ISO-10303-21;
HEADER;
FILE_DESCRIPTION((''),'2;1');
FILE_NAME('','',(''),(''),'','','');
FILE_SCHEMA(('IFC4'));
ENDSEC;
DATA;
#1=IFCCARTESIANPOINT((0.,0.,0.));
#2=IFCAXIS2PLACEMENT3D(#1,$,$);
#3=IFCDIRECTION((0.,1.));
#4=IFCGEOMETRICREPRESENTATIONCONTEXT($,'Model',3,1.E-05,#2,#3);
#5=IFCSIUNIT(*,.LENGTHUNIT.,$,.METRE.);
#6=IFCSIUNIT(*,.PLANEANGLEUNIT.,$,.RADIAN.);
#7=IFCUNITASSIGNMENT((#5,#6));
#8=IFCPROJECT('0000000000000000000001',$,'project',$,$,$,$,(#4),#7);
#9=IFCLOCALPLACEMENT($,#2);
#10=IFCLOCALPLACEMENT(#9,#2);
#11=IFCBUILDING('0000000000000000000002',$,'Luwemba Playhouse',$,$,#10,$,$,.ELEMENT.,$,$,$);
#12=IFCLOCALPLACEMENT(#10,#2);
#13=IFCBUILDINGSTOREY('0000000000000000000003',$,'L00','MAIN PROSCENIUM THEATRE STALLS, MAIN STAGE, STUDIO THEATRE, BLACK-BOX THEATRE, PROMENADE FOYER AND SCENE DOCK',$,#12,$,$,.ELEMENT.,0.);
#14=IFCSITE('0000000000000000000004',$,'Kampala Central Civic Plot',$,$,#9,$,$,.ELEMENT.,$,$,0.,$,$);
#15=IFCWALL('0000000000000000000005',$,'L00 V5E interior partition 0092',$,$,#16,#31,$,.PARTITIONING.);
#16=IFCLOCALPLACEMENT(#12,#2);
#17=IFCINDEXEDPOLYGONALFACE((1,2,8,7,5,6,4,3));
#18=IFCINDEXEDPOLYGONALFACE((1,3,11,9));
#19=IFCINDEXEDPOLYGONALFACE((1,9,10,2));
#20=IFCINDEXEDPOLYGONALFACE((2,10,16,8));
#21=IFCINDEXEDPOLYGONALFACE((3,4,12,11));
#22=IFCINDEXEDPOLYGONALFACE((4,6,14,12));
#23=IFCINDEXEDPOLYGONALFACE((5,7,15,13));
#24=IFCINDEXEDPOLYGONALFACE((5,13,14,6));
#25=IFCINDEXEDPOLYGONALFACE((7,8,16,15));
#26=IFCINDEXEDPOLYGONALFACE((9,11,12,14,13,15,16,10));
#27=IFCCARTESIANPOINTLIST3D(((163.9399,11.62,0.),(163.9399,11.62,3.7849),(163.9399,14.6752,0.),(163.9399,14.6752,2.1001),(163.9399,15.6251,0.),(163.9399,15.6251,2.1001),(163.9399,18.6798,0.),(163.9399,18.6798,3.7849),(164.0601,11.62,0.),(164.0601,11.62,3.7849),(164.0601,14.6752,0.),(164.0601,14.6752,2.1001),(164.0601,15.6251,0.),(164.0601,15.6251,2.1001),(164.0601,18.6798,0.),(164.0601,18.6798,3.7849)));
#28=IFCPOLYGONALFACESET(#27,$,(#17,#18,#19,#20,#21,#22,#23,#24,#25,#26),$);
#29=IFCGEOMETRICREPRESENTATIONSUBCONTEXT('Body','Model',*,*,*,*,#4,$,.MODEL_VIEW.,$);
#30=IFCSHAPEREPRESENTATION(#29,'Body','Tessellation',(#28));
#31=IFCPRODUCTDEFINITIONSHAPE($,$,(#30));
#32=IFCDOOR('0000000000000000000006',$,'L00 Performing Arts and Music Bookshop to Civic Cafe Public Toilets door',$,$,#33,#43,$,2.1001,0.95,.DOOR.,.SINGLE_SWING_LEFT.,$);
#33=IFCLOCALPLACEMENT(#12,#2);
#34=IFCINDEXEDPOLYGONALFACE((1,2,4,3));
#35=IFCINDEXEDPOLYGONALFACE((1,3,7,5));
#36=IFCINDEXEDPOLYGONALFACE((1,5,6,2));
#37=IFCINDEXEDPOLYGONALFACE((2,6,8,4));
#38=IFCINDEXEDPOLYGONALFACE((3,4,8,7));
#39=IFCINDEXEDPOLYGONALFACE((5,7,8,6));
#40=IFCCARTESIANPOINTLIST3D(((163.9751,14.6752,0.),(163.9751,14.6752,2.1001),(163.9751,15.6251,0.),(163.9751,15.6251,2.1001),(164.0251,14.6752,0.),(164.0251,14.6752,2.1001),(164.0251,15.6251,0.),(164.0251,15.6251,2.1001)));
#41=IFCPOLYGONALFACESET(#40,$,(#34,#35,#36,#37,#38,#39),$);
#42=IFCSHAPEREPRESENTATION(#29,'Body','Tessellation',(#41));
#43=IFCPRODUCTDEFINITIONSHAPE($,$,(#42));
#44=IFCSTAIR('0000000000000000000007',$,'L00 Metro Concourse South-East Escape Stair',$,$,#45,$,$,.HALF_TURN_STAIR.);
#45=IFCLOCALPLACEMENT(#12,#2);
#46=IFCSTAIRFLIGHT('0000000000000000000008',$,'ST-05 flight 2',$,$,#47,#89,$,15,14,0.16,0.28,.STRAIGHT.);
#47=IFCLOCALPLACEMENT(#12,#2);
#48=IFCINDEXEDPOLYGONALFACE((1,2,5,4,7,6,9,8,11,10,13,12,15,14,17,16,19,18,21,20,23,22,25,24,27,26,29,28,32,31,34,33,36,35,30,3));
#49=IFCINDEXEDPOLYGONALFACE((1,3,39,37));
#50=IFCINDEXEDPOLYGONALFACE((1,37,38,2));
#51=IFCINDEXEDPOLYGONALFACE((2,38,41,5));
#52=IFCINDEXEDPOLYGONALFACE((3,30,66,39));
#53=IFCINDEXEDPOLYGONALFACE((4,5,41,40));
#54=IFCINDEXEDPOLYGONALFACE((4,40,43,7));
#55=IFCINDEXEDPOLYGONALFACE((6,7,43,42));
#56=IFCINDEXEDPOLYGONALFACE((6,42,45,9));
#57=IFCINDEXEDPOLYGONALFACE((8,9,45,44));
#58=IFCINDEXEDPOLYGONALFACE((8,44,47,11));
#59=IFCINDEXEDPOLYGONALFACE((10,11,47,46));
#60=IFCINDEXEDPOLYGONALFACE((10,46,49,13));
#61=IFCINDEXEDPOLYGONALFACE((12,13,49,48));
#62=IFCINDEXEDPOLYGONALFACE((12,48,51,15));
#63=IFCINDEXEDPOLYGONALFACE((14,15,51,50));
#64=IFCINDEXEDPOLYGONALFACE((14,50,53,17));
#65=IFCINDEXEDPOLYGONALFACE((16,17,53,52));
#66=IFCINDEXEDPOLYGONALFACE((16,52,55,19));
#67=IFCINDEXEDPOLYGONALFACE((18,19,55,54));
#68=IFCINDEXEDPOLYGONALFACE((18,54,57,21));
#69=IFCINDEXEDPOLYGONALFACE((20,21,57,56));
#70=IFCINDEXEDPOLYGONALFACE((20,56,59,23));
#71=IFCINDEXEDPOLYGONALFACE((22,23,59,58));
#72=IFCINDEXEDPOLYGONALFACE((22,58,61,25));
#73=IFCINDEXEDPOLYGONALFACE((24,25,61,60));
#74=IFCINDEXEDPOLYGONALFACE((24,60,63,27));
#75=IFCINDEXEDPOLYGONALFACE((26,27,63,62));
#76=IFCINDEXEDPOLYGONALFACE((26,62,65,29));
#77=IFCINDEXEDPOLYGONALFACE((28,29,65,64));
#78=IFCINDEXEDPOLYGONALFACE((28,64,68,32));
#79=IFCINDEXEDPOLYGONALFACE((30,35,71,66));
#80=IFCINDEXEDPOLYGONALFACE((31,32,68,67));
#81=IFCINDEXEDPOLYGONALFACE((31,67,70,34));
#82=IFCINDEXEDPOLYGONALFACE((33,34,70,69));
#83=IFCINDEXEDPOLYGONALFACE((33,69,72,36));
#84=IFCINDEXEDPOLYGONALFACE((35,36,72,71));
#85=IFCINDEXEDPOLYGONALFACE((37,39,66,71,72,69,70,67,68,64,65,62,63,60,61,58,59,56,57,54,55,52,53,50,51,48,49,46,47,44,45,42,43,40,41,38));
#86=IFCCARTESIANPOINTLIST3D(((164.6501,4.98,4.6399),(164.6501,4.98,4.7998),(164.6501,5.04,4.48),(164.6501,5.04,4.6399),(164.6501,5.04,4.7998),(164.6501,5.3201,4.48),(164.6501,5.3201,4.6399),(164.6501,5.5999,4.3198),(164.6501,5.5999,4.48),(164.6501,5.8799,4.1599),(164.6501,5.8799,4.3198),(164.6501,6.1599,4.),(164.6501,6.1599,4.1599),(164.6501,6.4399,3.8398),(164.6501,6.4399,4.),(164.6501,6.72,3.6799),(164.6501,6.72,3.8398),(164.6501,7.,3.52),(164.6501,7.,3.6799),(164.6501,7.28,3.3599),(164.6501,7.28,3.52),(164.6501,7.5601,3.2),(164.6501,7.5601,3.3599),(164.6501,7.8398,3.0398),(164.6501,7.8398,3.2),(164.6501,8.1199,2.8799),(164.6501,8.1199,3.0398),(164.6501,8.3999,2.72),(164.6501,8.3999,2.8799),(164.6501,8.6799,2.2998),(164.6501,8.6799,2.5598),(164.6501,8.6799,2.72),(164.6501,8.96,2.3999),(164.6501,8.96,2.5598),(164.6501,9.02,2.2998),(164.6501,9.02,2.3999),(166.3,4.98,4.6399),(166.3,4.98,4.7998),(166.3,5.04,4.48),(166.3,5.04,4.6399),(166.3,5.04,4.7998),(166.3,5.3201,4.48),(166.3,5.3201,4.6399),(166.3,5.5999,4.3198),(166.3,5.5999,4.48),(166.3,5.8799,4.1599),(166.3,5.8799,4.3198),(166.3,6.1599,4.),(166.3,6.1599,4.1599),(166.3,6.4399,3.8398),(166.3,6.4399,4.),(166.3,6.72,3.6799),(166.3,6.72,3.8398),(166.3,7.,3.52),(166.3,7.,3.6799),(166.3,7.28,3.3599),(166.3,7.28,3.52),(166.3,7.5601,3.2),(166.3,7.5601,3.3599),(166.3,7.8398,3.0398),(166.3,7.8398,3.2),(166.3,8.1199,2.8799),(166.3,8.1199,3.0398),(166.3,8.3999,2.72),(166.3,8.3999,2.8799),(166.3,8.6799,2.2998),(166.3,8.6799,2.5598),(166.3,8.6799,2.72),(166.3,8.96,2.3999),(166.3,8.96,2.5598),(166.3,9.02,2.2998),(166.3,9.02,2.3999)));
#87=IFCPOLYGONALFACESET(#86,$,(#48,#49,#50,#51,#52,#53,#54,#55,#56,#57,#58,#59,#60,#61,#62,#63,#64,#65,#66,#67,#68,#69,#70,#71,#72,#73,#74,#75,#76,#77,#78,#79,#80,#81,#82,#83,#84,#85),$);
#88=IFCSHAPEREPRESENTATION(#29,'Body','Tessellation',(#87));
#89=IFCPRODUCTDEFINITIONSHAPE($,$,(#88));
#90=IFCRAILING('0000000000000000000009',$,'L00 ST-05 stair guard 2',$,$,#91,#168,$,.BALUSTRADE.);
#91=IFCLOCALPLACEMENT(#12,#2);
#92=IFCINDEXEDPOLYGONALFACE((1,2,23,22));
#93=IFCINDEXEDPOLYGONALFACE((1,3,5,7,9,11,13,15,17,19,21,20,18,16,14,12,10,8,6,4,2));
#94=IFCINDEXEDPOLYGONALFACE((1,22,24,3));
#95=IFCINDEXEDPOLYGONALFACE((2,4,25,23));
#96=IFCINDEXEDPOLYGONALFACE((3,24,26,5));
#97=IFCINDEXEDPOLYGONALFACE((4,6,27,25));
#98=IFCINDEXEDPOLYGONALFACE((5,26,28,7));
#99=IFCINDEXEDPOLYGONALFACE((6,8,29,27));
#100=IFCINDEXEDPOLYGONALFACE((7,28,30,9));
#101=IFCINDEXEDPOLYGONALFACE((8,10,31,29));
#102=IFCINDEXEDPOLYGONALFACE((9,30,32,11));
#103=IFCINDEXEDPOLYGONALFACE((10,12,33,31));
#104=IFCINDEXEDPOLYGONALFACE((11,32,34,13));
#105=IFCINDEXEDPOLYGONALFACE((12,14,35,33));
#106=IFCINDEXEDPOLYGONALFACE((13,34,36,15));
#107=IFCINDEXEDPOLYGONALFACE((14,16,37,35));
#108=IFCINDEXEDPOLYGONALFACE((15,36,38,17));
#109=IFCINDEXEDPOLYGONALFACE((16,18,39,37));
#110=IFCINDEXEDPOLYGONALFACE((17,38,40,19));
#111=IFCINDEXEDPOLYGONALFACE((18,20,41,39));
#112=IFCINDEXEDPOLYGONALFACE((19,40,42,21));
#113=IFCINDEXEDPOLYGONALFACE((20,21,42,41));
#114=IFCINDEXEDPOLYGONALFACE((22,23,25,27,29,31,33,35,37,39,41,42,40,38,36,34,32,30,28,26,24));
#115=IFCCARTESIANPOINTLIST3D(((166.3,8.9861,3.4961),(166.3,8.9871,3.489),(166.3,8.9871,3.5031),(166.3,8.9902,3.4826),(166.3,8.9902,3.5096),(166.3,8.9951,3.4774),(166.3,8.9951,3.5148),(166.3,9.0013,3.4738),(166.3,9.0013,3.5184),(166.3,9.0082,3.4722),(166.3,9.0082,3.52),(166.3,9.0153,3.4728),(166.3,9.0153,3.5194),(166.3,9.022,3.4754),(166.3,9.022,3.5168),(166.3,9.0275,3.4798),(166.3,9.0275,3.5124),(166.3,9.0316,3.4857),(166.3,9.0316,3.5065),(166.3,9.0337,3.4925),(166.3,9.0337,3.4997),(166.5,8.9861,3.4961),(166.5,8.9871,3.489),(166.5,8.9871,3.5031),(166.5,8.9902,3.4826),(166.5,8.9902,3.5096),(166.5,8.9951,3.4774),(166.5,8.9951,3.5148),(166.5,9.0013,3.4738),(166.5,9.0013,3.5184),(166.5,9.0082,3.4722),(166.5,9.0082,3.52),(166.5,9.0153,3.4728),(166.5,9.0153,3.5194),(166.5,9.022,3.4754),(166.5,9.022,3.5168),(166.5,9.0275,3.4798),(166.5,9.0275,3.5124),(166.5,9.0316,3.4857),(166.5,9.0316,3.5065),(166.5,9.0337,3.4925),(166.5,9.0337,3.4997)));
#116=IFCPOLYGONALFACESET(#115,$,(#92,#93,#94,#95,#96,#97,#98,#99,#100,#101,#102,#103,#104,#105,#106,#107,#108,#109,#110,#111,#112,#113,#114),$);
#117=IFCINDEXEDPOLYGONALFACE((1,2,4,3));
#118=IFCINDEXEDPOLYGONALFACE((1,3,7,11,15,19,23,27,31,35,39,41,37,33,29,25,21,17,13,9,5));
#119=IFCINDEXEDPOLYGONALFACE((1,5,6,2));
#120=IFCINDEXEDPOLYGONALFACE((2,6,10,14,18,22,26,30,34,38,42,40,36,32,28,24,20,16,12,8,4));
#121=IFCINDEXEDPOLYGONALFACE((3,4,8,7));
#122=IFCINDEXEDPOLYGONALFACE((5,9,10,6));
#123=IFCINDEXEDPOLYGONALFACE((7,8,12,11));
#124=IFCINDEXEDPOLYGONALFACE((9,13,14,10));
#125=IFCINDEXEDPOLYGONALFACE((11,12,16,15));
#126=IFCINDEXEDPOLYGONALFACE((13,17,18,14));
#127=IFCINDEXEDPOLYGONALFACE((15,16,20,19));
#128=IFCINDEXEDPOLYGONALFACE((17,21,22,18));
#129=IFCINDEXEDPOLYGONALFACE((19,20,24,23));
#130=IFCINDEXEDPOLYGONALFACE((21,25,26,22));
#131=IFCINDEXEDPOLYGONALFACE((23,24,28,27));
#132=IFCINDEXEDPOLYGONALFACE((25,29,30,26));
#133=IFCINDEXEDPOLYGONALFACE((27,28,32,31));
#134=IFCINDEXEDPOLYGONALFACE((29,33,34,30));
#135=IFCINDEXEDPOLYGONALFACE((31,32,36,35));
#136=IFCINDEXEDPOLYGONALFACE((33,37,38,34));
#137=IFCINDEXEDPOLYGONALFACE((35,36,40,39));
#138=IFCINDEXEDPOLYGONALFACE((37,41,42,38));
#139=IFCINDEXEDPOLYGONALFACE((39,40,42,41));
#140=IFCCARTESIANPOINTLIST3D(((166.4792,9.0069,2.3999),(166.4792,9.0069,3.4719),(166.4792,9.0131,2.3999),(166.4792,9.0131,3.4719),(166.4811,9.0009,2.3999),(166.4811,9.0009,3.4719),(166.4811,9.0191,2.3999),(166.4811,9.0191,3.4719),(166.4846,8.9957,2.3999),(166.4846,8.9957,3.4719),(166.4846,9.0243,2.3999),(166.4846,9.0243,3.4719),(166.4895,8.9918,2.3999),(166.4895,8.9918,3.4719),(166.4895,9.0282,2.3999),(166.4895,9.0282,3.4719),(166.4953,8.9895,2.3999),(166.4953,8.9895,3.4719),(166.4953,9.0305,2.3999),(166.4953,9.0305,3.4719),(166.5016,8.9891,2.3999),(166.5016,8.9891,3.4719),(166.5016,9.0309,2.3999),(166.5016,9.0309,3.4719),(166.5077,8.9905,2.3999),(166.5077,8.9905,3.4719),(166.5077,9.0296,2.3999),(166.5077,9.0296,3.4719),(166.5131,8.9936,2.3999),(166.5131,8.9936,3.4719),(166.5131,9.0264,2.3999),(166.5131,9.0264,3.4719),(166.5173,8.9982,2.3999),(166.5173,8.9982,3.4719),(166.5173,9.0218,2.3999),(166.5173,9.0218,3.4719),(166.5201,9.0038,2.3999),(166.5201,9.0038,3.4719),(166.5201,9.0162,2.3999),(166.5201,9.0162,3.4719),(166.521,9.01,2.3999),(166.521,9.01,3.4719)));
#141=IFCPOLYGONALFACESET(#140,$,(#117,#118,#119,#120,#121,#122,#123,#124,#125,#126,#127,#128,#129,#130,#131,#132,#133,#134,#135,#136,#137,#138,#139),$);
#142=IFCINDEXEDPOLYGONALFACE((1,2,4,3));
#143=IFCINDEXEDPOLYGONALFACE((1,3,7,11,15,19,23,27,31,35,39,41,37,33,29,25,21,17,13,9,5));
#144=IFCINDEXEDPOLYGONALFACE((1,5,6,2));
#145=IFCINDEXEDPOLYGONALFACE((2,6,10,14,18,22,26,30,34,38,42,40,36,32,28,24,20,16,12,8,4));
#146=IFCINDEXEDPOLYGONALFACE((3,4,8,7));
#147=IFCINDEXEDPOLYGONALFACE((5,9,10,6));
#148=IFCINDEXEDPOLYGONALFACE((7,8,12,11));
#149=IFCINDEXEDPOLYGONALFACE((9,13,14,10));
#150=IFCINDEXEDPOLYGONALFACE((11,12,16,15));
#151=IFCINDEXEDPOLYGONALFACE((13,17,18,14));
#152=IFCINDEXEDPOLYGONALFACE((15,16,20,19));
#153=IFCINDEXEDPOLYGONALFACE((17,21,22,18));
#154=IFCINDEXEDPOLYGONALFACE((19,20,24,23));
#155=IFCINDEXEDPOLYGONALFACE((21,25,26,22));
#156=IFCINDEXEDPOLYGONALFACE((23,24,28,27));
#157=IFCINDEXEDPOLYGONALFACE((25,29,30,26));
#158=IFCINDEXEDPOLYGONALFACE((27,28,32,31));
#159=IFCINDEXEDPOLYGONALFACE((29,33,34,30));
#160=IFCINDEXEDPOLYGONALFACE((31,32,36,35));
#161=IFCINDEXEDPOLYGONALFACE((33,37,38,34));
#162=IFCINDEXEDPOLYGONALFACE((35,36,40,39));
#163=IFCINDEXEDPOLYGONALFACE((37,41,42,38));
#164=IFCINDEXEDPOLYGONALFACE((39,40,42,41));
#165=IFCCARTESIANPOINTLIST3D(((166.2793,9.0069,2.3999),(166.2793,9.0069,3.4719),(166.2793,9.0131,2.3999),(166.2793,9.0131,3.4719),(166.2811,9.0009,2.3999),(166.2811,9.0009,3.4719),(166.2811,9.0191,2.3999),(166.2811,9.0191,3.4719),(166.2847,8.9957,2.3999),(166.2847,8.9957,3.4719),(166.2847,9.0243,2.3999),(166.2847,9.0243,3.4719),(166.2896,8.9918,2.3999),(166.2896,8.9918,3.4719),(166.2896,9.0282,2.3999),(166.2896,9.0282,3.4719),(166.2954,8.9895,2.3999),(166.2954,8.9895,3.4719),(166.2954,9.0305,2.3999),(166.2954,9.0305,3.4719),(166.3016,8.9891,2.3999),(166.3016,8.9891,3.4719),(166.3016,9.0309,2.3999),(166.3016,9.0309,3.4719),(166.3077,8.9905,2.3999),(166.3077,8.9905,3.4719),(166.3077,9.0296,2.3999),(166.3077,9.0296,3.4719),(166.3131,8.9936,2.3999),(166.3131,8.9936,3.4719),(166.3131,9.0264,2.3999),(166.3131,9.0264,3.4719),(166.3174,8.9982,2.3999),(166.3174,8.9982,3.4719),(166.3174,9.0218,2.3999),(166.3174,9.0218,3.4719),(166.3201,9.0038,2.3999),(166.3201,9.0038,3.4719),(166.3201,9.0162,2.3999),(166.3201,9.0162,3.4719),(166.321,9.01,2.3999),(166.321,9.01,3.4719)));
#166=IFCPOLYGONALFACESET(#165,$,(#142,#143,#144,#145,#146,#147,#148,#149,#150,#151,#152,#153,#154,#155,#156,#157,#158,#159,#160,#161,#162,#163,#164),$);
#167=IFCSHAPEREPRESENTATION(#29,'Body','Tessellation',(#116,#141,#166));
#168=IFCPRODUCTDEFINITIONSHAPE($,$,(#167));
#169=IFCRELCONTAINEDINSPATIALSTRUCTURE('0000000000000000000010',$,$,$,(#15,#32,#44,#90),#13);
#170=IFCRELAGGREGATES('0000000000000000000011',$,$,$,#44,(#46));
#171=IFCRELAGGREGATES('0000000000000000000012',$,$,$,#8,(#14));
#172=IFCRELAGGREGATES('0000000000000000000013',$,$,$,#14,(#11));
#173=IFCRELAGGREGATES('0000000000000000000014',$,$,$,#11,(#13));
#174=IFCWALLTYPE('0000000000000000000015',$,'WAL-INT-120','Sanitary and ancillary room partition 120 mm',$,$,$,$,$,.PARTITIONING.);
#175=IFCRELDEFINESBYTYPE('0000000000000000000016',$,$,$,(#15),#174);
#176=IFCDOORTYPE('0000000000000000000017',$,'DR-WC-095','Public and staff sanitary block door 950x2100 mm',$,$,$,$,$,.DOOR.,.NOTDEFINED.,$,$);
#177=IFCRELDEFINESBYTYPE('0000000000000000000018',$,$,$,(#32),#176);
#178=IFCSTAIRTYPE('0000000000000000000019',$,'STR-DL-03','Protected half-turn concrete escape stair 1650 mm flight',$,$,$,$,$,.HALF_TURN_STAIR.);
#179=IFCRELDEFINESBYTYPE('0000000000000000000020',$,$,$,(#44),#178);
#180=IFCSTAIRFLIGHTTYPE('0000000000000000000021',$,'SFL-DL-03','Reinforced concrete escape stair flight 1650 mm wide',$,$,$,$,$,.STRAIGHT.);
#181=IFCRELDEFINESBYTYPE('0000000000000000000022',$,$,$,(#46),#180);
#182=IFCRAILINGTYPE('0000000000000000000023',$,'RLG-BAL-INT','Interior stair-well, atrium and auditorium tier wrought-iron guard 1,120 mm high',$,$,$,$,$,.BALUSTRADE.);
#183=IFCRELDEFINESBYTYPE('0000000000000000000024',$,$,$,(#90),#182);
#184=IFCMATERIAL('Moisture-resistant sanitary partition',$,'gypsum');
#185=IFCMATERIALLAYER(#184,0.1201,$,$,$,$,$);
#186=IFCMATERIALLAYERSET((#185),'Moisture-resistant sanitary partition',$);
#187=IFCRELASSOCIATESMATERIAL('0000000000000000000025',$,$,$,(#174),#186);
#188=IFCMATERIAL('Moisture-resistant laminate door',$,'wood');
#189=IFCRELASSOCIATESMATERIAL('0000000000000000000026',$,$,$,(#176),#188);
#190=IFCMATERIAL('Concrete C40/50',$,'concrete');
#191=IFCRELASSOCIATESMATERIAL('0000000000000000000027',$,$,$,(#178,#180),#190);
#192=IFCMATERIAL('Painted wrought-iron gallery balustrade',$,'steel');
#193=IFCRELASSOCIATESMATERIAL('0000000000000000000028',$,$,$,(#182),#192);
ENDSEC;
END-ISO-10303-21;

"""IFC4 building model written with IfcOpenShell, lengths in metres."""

from ifc_helpers import new_model, si_unit, direction, frame, frame_2d, origin, origin_2d, place, context, subcontext, project, spatial, polyline, rectangle, circle, outline, extrude, material, layer, layer_set, type_object, element, fill, aggregate, save


model = new_model("IFC4")

# Units and contexts
model_context = context("Model", 3, precision=1e-05, world=origin(), true_north=direction((0.0, 1.0)))
body_context = subcontext(model_context, "Body", "Model", "MODEL_VIEW")
ifc_project = project(units=[si_unit("LENGTHUNIT", "METRE"), si_unit("PLANEANGLEUNIT", "RADIAN")], contexts=[model_context])

# Site, building, storey
site_placement = place(None, origin())
site = spatial("IfcSite", under=ifc_project, at=site_placement, Name="Kampala Central Civic Plot", CompositionType="ELEMENT", RefElevation=0.0)
building_placement = place(site_placement, origin())
building = spatial("IfcBuilding", under=site, at=building_placement, Name="Luwemba Playhouse", CompositionType="ELEMENT")
storey_placement = place(building_placement, origin())
storey = spatial("IfcBuildingStorey", under=building, at=storey_placement, Name="L00", Description="MAIN PROSCENIUM THEATRE STALLS, MAIN STAGE, STUDIO THEATRE, BLACK-BOX THEATRE, PROMENADE FOYER AND SCENE DOCK", CompositionType="ELEMENT", Elevation=0.0)

# Shared definitions
ifc_material_1 = material(Name="Concrete C40/50", Category="concrete")

# Wall, opening, door
ifc_material_2 = material(Name="Moisture-resistant sanitary partition", Category="gypsum")
ifc_layer_1 = layer(ifc_material_2, 0.1201)
ifc_layer_set_1 = layer_set([ifc_layer_1], Name="Moisture-resistant sanitary partition")
wall_type_1 = type_object("IfcWallType", Name="WAL-INT-120", Description="Sanitary and ancillary room partition 120 mm", PredefinedType="PARTITIONING", material=ifc_layer_set_1)
wall_1_placement = place(storey_placement, frame((164.0, 11.6201, 0.0), z_axis=(0.0, 0.0, 1.0), x_axis=(0.0, 1.0, 0.0)))
wall_1 = element("IfcWall", 1, at=wall_1_placement, inside=storey, type_object=wall_type_1, Name="L00 V5E interior partition 0092", PredefinedType="PARTITIONING", context=body_context, shape_type="SweptSolid", body=[
    extrude(rectangle(XDim=7.0598, YDim=0.1201, at=frame_2d((3.5298, 0.0))), origin(), (0.0, 0.0, 1.0), 3.7849),
])
opening_placement = place(wall_1_placement, frame((3.0549, 0.0, 0.0)))
opening = element("IfcOpeningElement", 2, at=opening_placement, cuts=wall_1, PredefinedType="OPENING", context=body_context, shape_type="SweptSolid", body=[
    extrude(rectangle(XDim=0.95, YDim=2.1001, at=frame_2d((0.4751, 1.05))), frame((0.0, 0.0701, 0.0), z_axis=(0.0, -1.0, 0.0), x_axis=(1.0, 0.0, 0.0)), (0.0, 0.0, 1.0), 0.1401),
])
ifc_material_3 = material(Name="Moisture-resistant laminate door", Category="wood")
door_type = type_object("IfcDoorType", Name="DR-WC-095", Description="Public and staff sanitary block door 950x2100 mm", OperationType="NOTDEFINED", PredefinedType="DOOR", material=ifc_material_3)
door_placement = place(opening_placement, origin())
door = element("IfcDoor", 3, at=door_placement, inside=storey, type_object=door_type, Name="L00 Performing Arts and Music Bookshop to Civic Cafe Public Toilets door", OperationType="SINGLE_SWING_LEFT", OverallHeight=2.1001, OverallWidth=0.95, PredefinedType="DOOR", context=body_context, shape_type="SweptSolid", body=[
    extrude(rectangle(XDim=0.95, YDim=2.1001, at=frame_2d((0.4751, 1.05))), frame((0.0, 0.0249, 0.0), z_axis=(0.0, -1.0, 0.0), x_axis=(1.0, 0.0, 0.0)), (0.0, 0.0, 1.0), 0.05),
])
fill(opening, door)

# Stair, stair flight
stair_type = type_object("IfcStairType", Name="STR-DL-03", Description="Protected half-turn concrete escape stair 1650 mm flight", PredefinedType="HALF_TURN_STAIR", material=ifc_material_1)
stair_placement = place(storey_placement, origin())
stair = element("IfcStair", 4, at=stair_placement, inside=storey, type_object=stair_type, Name="L00 Metro Concourse South-East Escape Stair", PredefinedType="HALF_TURN_STAIR")
stair_flight_type = type_object("IfcStairFlightType", Name="SFL-DL-03", Description="Reinforced concrete escape stair flight 1650 mm wide", PredefinedType="STRAIGHT", material=ifc_material_1)
stair_flight_placement = place(storey_placement, frame((165.4751, 8.96, 2.3999), z_axis=(0.0, 0.0, 1.0), x_axis=(0.0, -1.0, 0.0)))
stair_flight = element("IfcStairFlight", 5, at=stair_flight_placement, type_object=stair_flight_type, Name="ST-05 flight 2", NumberOfRisers=15, NumberOfTreads=14, PredefinedType="STRAIGHT", RiserHeight=0.16, TreadLength=0.28, context=body_context, shape_type="SweptSolid", body=[
    extrude(outline(polyline([(-0.0601, -0.1001), (-0.0601, 0.0), (0.0, 0.0), (0.0, 0.1599), (0.28, 0.1599), (0.28, 0.3201), (0.5601, 0.3201), (0.5601, 0.48), (0.8401, 0.48), (0.8401, 0.6399), (1.1201, 0.6399), (1.1201, 0.8), (1.3999, 0.8), (1.3999, 0.96), (1.6799, 0.96), (1.6799, 1.1201), (1.96, 1.1201), (1.96, 1.28), (2.24, 1.28), (2.24, 1.4399), (2.52, 1.4399), (2.52, 1.6001), (2.8, 1.6001), (2.8, 1.76), (3.0801, 1.76), (3.0801, 1.9199), (3.3601, 1.9199), (3.3601, 2.0801), (3.6399, 2.0801), (3.6399, 2.24), (3.9199, 2.24), (3.9199, 2.3999), (3.98, 2.3999), (3.98, 2.24), (3.9199, 2.0801), (0.28, -0.1001), (-0.0601, -0.1001)])), frame((0.0, 0.825, 0.0), z_axis=(0.0, -1.0, 0.0), x_axis=(1.0, 0.0, 0.0)), (0.0, 0.0, 1.0), 1.6499),
])
aggregate(stair, [stair_flight])

# Railing
ifc_material_4 = material(Name="Painted wrought-iron gallery balustrade", Category="steel")
railing_type_1 = type_object("IfcRailingType", Name="RLG-BAL-INT", Description="Interior stair-well, atrium and auditorium tier wrought-iron guard 1,120 mm high", PredefinedType="BALUSTRADE", material=ifc_material_4)
railing_1_placement = place(storey_placement, frame((166.5, 9.01, 2.3999)))
element("IfcRailing", 6, at=railing_1_placement, inside=storey, type_object=railing_type_1, Name="L00 ST-05 stair guard 2", PredefinedType="BALUSTRADE", context=body_context, shape_type="SweptSolid", body=[
    extrude(circle(Radius=0.0239, at=origin_2d()), frame((0.0, 0.0, 1.0962), z_axis=(-1.0, 0.0, 0.0), x_axis=(0.0, -1.0, 0.0)), (0.0, 0.0, 1.0), 0.2),
    extrude(circle(Radius=0.021, at=origin_2d()), origin(), (0.0, 0.0, 1.0), 1.072),
    extrude(circle(Radius=0.021, at=origin_2d()), frame((-0.2, 0.0, 0.0)), (0.0, 0.0, 1.0), 1.072),
])

save(model, "model.ifc")
